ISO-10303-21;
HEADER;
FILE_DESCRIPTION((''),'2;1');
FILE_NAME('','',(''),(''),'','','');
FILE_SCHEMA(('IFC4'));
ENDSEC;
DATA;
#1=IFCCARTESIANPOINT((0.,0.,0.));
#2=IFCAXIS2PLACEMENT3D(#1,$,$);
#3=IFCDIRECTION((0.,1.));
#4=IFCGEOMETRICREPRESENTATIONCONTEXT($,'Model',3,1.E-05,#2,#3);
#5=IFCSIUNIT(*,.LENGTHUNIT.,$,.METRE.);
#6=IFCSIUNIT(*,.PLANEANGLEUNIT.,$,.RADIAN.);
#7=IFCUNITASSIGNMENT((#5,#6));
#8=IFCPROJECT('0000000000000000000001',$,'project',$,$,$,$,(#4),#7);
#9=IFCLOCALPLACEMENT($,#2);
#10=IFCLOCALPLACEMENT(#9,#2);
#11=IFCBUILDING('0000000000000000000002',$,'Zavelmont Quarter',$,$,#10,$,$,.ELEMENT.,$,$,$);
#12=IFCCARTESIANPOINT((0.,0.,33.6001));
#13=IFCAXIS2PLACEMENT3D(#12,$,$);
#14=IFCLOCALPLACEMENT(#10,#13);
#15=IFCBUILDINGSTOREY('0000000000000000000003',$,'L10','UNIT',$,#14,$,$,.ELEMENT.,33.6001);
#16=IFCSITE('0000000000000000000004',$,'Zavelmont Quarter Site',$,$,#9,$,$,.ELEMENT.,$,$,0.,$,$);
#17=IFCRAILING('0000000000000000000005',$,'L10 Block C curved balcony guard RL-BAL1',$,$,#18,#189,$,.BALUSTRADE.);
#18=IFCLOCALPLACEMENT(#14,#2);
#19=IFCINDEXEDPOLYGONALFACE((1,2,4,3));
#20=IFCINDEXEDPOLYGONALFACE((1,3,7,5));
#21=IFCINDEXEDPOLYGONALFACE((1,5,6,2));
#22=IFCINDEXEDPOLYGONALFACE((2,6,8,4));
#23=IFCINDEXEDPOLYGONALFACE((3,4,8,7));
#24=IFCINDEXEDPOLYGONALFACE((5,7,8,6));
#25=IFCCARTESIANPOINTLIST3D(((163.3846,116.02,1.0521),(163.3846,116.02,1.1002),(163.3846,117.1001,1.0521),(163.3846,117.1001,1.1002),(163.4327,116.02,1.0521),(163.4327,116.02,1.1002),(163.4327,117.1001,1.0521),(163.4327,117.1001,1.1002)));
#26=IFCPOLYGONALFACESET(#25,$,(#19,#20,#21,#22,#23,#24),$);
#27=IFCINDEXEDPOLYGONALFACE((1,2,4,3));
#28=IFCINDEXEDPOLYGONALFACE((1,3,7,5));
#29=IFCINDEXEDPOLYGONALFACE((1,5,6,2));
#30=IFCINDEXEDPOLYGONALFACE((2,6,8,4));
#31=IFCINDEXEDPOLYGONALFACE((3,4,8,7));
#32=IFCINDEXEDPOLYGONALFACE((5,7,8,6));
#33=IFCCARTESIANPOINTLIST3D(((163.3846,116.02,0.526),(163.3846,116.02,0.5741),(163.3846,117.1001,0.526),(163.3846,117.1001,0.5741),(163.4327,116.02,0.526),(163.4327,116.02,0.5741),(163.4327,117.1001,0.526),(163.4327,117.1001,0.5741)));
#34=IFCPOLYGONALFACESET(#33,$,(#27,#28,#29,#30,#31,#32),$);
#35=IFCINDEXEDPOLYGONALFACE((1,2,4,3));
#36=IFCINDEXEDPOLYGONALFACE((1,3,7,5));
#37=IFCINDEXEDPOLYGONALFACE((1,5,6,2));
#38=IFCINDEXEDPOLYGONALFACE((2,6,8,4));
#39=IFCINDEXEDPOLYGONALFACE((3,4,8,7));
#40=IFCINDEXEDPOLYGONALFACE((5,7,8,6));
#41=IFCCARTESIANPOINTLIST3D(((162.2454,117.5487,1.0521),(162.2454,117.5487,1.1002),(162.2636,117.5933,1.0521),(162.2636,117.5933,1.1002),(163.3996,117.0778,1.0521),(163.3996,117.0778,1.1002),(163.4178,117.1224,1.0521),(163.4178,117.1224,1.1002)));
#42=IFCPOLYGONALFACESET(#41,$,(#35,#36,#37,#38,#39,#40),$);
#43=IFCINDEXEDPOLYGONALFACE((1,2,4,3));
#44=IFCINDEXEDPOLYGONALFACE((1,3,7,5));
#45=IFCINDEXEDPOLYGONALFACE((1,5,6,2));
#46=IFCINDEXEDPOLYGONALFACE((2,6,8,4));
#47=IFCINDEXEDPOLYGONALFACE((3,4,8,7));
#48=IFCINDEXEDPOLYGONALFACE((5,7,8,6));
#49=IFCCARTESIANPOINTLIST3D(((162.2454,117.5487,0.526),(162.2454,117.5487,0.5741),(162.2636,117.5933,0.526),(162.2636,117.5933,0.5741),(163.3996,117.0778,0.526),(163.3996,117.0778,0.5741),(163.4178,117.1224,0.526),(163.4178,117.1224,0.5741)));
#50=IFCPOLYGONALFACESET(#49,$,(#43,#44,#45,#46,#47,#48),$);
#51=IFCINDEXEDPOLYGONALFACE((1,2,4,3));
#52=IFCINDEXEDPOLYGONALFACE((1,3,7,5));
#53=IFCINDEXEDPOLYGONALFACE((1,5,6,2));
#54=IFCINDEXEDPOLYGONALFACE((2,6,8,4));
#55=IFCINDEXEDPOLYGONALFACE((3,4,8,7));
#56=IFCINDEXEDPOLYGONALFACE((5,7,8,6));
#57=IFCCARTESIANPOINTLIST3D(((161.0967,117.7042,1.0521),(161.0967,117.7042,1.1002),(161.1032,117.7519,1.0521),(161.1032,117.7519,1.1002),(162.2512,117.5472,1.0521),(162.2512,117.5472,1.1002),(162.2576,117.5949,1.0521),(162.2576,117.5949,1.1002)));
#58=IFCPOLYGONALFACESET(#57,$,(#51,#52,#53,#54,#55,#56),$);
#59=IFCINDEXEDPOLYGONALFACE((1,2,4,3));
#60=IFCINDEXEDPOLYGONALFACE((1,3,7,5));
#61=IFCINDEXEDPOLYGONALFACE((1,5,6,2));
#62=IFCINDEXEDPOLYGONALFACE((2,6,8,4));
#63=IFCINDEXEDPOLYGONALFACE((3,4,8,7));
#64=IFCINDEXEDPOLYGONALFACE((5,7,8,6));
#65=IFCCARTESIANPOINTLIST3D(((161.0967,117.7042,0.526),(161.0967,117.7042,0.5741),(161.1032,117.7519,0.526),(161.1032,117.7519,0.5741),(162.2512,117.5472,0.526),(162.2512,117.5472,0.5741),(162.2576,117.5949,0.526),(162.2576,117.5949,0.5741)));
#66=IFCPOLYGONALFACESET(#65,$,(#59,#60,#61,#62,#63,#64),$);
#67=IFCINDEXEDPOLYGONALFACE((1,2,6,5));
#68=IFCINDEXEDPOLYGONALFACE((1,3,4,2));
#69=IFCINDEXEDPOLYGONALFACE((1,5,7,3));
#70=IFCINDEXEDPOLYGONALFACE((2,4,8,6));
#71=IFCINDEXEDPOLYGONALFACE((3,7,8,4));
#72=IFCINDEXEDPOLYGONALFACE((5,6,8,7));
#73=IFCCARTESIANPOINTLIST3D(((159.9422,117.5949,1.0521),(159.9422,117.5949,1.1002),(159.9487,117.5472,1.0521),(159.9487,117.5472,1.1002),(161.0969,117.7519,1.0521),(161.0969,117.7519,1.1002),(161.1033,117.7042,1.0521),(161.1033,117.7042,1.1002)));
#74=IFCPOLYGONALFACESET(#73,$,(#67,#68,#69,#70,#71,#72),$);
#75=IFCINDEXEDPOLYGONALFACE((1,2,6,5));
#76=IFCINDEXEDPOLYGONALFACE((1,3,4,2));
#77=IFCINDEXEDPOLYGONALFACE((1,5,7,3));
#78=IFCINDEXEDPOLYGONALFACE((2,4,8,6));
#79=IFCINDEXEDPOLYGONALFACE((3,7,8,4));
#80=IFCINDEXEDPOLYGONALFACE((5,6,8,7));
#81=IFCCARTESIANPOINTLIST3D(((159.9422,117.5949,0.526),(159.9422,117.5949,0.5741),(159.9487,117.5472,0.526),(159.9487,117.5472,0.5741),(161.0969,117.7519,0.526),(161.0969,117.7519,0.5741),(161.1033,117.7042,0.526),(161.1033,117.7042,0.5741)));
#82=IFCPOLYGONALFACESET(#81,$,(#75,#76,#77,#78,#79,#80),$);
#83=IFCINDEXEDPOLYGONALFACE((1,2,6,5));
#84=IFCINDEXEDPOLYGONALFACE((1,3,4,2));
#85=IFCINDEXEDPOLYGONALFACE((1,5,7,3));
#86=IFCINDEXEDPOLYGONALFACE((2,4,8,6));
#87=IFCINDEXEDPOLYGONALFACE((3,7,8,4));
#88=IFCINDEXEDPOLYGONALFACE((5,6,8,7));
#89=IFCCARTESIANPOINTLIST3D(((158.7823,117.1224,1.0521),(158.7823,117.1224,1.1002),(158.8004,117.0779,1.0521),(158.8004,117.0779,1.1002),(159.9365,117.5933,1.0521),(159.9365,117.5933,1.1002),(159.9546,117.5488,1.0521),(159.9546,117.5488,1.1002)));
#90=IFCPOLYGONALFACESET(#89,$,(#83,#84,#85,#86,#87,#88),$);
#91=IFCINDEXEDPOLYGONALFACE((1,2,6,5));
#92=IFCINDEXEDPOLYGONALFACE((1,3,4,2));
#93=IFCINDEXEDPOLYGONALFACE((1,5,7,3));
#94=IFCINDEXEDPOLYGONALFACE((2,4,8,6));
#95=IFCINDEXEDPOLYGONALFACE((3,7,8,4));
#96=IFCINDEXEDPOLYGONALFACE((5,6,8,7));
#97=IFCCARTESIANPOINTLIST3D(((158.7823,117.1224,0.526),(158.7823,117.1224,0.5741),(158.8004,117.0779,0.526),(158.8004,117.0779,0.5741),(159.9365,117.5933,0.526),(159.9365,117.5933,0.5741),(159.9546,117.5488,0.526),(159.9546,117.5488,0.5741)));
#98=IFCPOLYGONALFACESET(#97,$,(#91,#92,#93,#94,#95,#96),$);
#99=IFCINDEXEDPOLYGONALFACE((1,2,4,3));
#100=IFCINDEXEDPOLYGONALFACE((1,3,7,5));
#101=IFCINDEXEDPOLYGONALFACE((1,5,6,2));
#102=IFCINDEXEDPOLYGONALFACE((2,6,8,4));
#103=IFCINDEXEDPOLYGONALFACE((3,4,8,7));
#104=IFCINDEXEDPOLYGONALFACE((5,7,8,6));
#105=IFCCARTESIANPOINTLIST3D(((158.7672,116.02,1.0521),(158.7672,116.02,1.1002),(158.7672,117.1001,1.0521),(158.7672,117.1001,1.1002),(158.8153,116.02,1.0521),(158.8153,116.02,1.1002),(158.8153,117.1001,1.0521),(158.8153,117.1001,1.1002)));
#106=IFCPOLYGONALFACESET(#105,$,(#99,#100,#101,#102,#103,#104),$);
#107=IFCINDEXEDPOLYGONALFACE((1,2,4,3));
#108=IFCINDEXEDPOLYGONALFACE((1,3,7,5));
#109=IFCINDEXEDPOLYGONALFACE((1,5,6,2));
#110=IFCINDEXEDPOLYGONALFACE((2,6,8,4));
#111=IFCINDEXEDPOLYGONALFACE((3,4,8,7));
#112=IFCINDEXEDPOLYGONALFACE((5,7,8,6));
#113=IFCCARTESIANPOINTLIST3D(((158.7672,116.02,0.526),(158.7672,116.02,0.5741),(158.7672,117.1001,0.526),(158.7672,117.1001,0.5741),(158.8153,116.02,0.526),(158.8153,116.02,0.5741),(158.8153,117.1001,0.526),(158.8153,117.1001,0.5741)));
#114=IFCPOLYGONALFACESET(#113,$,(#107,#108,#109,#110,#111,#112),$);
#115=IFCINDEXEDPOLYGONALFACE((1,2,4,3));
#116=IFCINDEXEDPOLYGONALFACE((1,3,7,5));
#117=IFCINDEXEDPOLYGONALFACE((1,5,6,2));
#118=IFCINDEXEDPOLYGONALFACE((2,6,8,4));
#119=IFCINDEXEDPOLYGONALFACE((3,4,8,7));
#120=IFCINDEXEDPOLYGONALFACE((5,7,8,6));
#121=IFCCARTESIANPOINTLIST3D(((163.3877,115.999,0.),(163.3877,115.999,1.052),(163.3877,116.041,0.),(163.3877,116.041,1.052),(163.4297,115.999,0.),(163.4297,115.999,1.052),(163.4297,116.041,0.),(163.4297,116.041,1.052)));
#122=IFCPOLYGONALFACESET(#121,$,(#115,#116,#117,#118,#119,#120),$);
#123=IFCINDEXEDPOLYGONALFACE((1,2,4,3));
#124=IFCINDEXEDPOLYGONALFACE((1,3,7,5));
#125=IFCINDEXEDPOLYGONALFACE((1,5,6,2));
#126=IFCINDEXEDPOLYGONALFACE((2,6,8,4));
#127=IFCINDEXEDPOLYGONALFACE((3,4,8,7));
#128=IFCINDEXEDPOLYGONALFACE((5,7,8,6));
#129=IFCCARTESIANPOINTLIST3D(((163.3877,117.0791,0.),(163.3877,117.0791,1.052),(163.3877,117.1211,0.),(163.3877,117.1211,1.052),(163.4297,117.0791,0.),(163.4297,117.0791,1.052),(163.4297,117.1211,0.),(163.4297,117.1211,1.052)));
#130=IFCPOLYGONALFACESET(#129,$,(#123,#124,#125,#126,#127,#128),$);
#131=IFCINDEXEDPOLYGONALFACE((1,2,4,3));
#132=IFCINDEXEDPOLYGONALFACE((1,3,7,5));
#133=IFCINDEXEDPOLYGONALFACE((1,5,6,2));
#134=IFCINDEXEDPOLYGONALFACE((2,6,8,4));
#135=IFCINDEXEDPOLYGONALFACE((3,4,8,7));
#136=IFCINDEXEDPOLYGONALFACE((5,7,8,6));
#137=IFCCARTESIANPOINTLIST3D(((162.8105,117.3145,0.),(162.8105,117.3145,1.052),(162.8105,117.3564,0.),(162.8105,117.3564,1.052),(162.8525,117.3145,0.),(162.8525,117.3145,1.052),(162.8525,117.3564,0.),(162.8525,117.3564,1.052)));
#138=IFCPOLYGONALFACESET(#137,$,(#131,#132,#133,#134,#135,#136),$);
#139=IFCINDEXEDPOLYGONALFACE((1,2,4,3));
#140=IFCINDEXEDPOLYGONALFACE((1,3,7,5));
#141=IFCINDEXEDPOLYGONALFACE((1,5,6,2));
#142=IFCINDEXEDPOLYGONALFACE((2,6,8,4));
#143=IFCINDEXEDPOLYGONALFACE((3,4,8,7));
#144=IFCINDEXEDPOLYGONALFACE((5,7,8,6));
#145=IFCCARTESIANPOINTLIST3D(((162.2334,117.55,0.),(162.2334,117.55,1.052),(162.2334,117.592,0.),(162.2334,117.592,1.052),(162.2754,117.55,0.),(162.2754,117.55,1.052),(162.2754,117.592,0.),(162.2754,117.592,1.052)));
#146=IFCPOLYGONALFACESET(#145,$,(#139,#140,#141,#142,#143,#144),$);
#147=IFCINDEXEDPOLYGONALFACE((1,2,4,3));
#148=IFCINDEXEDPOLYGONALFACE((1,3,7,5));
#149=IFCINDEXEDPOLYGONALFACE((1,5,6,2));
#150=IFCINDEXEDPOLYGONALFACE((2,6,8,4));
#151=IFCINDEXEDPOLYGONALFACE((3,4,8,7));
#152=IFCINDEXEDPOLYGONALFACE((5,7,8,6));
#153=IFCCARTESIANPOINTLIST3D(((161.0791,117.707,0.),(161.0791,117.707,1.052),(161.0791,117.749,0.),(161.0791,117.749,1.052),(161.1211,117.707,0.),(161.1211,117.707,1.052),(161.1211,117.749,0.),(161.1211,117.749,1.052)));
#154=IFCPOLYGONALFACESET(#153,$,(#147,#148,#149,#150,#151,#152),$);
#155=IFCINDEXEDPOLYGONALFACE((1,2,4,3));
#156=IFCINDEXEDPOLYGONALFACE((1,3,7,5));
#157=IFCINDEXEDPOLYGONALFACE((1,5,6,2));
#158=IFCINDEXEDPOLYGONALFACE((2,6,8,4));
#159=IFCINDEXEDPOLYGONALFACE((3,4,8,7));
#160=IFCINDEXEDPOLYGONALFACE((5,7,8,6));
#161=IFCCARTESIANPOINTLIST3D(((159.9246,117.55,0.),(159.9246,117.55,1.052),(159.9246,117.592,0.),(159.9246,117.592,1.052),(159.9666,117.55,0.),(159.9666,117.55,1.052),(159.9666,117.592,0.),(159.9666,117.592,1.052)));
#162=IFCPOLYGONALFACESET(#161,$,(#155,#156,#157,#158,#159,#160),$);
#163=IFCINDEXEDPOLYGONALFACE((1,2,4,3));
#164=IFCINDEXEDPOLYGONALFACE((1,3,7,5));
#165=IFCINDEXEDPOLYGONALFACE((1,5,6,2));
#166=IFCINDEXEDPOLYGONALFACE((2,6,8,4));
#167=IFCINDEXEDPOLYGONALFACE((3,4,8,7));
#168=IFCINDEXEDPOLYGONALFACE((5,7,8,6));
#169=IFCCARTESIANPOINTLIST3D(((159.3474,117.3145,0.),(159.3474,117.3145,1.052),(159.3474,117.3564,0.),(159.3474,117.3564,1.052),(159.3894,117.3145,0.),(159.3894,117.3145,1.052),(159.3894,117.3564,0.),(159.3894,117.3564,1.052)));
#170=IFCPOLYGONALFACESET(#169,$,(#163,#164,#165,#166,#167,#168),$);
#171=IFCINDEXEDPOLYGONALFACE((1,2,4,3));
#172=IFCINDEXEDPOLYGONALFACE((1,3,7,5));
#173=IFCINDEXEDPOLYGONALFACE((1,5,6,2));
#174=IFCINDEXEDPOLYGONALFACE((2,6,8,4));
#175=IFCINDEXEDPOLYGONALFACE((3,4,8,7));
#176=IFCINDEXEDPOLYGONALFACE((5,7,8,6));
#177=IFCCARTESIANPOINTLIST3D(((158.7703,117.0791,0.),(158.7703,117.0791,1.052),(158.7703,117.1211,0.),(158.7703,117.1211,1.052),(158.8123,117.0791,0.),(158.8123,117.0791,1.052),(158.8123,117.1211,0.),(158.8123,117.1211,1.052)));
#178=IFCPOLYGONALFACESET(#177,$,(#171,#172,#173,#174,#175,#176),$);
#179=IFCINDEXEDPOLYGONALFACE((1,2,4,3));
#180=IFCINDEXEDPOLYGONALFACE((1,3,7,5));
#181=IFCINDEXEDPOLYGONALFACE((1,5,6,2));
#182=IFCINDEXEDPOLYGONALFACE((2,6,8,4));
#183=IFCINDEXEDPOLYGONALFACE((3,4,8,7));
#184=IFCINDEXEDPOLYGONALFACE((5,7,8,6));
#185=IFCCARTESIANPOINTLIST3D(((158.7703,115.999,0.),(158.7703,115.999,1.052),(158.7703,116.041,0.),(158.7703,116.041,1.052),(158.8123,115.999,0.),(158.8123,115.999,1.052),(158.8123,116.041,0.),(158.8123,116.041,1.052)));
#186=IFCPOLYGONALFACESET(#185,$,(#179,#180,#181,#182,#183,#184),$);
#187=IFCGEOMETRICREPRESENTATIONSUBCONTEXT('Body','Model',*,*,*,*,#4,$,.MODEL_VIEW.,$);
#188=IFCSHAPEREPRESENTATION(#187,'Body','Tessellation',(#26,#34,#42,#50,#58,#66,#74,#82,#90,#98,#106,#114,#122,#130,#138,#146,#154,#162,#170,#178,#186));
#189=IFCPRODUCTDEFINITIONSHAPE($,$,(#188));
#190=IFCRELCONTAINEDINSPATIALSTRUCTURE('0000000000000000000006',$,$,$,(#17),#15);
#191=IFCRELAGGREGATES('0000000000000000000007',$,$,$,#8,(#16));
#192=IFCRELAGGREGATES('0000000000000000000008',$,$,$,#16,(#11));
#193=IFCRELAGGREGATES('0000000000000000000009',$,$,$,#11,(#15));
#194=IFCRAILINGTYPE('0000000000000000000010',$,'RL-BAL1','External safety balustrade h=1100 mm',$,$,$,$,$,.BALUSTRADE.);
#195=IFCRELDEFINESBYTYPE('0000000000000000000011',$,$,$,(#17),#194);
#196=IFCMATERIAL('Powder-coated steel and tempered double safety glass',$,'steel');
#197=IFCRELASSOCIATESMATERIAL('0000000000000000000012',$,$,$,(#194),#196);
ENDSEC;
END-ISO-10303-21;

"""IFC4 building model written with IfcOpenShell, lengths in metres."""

from ifc_helpers import new_model, si_unit, direction, frame, origin, origin_2d, place, context, subcontext, project, spatial, rectangle, extrude, material, type_object, element, save


model = new_model("IFC4")

# Units and contexts
model_context = context("Model", 3, precision=1e-05, world=origin(), true_north=direction((0.0, 1.0)))
body_context = subcontext(model_context, "Body", "Model", "MODEL_VIEW")
ifc_project = project(units=[si_unit("LENGTHUNIT", "METRE"), si_unit("PLANEANGLEUNIT", "RADIAN")], contexts=[model_context])

# Site, building, storey
site_placement = place(None, origin())
site = spatial("IfcSite", under=ifc_project, at=site_placement, Name="Zavelmont Quarter Site", CompositionType="ELEMENT", RefElevation=0.0)
building_placement = place(site_placement, origin())
building = spatial("IfcBuilding", under=site, at=building_placement, Name="Zavelmont Quarter", CompositionType="ELEMENT")
storey_placement = place(building_placement, frame((0.0, 0.0, 33.6001)))
storey = spatial("IfcBuildingStorey", under=building, at=storey_placement, Name="L10", Description="UNIT", CompositionType="ELEMENT", Elevation=33.6001)

# Railing
ifc_material_1 = material(Name="Powder-coated steel and tempered double safety glass", Category="steel")
railing_type = type_object("IfcRailingType", Name="RL-BAL1", Description="External safety balustrade h=1100 mm", PredefinedType="BALUSTRADE", material=ifc_material_1)
railing_placement = place(storey_placement, frame((163.4087, 116.02, 0.0)))
element("IfcRailing", 1, at=railing_placement, inside=storey, type_object=railing_type, Name="L10 Block C curved balcony guard RL-BAL1", PredefinedType="BALUSTRADE", context=body_context, shape_type="SweptSolid", body=[
    extrude(rectangle(XDim=0.0481, YDim=0.0481, at=origin_2d()), frame((0.0, 0.0, 1.0762), z_axis=(0.0, 1.0, 0.0), x_axis=(-1.0, 0.0, 0.0)), (0.0, 0.0, 1.0), 1.0801),
    extrude(rectangle(XDim=0.0481, YDim=0.0481, at=origin_2d()), frame((0.0, 0.0, 0.55), z_axis=(0.0, 1.0, 0.0), x_axis=(-1.0, 0.0, 0.0)), (0.0, 0.0, 1.0), 1.0801),
    extrude(rectangle(XDim=0.0481, YDim=0.0481, at=origin_2d()), frame((0.0, 1.0801, 1.0762), z_axis=(-0.925902, 0.377763, 0.0), x_axis=(-0.377763, -0.925902, 0.0)), (0.0, 0.0, 1.0), 1.2466),
    extrude(rectangle(XDim=0.0481, YDim=0.0481, at=origin_2d()), frame((0.0, 1.0801, 0.55), z_axis=(-0.925902, 0.377763, 0.0), x_axis=(-0.377763, -0.925902, 0.0)), (0.0, 0.0, 1.0), 1.2466),
    extrude(rectangle(XDim=0.0481, YDim=0.0481, at=origin_2d()), frame((-1.1543, 1.551, 1.0762), z_axis=(-0.990879, 0.134758, 0.0), x_axis=(-0.134758, -0.990879, 0.0)), (0.0, 0.0, 1.0), 1.165),
    extrude(rectangle(XDim=0.0481, YDim=0.0481, at=origin_2d()), frame((-1.1543, 1.551, 0.55), z_axis=(-0.990879, 0.134758, 0.0), x_axis=(-0.134758, -0.990879, 0.0)), (0.0, 0.0, 1.0), 1.165),
    extrude(rectangle(XDim=0.0481, YDim=0.0481, at=origin_2d()), frame((-2.3086, 1.708, 1.0762), z_axis=(-0.990882, -0.13473, 0.0), x_axis=(0.13473, -0.990882, 0.0)), (0.0, 0.0, 1.0), 1.1653),
    extrude(rectangle(XDim=0.0481, YDim=0.0481, at=origin_2d()), frame((-2.3086, 1.708, 0.55), z_axis=(-0.990882, -0.13473, 0.0), x_axis=(0.13473, -0.990882, 0.0)), (0.0, 0.0, 1.0), 1.1653),
    extrude(rectangle(XDim=0.0481, YDim=0.0481, at=origin_2d()), frame((-3.4631, 1.551, 1.0762), z_axis=(-0.925902, -0.377763, 0.0), x_axis=(0.377763, -0.925902, 0.0)), (0.0, 0.0, 1.0), 1.2466),
    extrude(rectangle(XDim=0.0481, YDim=0.0481, at=origin_2d()), frame((-3.4631, 1.551, 0.55), z_axis=(-0.925902, -0.377763, 0.0), x_axis=(0.377763, -0.925902, 0.0)), (0.0, 0.0, 1.0), 1.2466),
    extrude(rectangle(XDim=0.0481, YDim=0.0481, at=origin_2d()), frame((-4.6174, 1.0801, 1.0762), z_axis=(0.0, -1.0, 0.0), x_axis=(1.0, 0.0, 0.0)), (0.0, 0.0, 1.0), 1.0801),
    extrude(rectangle(XDim=0.0481, YDim=0.0481, at=origin_2d()), frame((-4.6174, 1.0801, 0.55), z_axis=(0.0, -1.0, 0.0), x_axis=(1.0, 0.0, 0.0)), (0.0, 0.0, 1.0), 1.0801),
    extrude(rectangle(XDim=0.042, YDim=0.042, at=origin_2d()), origin(), (0.0, 0.0, 1.0), 1.052),
    extrude(rectangle(XDim=0.042, YDim=0.042, at=origin_2d()), frame((0.0, 1.0801, 0.0)), (0.0, 0.0, 1.0), 1.052),
    extrude(rectangle(XDim=0.042, YDim=0.042, at=origin_2d()), frame((-0.5771, 1.3154, 0.0)), (0.0, 0.0, 1.0), 1.052),
    extrude(rectangle(XDim=0.042, YDim=0.042, at=origin_2d()), frame((-1.1543, 1.551, 0.0)), (0.0, 0.0, 1.0), 1.052),
    extrude(rectangle(XDim=0.042, YDim=0.042, at=origin_2d()), frame((-2.3086, 1.708, 0.0)), (0.0, 0.0, 1.0), 1.052),
    extrude(rectangle(XDim=0.042, YDim=0.042, at=origin_2d()), frame((-3.4631, 1.551, 0.0)), (0.0, 0.0, 1.0), 1.052),
    extrude(rectangle(XDim=0.042, YDim=0.042, at=origin_2d()), frame((-4.0403, 1.3154, 0.0)), (0.0, 0.0, 1.0), 1.052),
    extrude(rectangle(XDim=0.042, YDim=0.042, at=origin_2d()), frame((-4.6174, 1.0801, 0.0)), (0.0, 0.0, 1.0), 1.052),
    extrude(rectangle(XDim=0.042, YDim=0.042, at=origin_2d()), frame((-4.6174, 0.0, 0.0)), (0.0, 0.0, 1.0), 1.052),
])

save(model, "model.ifc")
